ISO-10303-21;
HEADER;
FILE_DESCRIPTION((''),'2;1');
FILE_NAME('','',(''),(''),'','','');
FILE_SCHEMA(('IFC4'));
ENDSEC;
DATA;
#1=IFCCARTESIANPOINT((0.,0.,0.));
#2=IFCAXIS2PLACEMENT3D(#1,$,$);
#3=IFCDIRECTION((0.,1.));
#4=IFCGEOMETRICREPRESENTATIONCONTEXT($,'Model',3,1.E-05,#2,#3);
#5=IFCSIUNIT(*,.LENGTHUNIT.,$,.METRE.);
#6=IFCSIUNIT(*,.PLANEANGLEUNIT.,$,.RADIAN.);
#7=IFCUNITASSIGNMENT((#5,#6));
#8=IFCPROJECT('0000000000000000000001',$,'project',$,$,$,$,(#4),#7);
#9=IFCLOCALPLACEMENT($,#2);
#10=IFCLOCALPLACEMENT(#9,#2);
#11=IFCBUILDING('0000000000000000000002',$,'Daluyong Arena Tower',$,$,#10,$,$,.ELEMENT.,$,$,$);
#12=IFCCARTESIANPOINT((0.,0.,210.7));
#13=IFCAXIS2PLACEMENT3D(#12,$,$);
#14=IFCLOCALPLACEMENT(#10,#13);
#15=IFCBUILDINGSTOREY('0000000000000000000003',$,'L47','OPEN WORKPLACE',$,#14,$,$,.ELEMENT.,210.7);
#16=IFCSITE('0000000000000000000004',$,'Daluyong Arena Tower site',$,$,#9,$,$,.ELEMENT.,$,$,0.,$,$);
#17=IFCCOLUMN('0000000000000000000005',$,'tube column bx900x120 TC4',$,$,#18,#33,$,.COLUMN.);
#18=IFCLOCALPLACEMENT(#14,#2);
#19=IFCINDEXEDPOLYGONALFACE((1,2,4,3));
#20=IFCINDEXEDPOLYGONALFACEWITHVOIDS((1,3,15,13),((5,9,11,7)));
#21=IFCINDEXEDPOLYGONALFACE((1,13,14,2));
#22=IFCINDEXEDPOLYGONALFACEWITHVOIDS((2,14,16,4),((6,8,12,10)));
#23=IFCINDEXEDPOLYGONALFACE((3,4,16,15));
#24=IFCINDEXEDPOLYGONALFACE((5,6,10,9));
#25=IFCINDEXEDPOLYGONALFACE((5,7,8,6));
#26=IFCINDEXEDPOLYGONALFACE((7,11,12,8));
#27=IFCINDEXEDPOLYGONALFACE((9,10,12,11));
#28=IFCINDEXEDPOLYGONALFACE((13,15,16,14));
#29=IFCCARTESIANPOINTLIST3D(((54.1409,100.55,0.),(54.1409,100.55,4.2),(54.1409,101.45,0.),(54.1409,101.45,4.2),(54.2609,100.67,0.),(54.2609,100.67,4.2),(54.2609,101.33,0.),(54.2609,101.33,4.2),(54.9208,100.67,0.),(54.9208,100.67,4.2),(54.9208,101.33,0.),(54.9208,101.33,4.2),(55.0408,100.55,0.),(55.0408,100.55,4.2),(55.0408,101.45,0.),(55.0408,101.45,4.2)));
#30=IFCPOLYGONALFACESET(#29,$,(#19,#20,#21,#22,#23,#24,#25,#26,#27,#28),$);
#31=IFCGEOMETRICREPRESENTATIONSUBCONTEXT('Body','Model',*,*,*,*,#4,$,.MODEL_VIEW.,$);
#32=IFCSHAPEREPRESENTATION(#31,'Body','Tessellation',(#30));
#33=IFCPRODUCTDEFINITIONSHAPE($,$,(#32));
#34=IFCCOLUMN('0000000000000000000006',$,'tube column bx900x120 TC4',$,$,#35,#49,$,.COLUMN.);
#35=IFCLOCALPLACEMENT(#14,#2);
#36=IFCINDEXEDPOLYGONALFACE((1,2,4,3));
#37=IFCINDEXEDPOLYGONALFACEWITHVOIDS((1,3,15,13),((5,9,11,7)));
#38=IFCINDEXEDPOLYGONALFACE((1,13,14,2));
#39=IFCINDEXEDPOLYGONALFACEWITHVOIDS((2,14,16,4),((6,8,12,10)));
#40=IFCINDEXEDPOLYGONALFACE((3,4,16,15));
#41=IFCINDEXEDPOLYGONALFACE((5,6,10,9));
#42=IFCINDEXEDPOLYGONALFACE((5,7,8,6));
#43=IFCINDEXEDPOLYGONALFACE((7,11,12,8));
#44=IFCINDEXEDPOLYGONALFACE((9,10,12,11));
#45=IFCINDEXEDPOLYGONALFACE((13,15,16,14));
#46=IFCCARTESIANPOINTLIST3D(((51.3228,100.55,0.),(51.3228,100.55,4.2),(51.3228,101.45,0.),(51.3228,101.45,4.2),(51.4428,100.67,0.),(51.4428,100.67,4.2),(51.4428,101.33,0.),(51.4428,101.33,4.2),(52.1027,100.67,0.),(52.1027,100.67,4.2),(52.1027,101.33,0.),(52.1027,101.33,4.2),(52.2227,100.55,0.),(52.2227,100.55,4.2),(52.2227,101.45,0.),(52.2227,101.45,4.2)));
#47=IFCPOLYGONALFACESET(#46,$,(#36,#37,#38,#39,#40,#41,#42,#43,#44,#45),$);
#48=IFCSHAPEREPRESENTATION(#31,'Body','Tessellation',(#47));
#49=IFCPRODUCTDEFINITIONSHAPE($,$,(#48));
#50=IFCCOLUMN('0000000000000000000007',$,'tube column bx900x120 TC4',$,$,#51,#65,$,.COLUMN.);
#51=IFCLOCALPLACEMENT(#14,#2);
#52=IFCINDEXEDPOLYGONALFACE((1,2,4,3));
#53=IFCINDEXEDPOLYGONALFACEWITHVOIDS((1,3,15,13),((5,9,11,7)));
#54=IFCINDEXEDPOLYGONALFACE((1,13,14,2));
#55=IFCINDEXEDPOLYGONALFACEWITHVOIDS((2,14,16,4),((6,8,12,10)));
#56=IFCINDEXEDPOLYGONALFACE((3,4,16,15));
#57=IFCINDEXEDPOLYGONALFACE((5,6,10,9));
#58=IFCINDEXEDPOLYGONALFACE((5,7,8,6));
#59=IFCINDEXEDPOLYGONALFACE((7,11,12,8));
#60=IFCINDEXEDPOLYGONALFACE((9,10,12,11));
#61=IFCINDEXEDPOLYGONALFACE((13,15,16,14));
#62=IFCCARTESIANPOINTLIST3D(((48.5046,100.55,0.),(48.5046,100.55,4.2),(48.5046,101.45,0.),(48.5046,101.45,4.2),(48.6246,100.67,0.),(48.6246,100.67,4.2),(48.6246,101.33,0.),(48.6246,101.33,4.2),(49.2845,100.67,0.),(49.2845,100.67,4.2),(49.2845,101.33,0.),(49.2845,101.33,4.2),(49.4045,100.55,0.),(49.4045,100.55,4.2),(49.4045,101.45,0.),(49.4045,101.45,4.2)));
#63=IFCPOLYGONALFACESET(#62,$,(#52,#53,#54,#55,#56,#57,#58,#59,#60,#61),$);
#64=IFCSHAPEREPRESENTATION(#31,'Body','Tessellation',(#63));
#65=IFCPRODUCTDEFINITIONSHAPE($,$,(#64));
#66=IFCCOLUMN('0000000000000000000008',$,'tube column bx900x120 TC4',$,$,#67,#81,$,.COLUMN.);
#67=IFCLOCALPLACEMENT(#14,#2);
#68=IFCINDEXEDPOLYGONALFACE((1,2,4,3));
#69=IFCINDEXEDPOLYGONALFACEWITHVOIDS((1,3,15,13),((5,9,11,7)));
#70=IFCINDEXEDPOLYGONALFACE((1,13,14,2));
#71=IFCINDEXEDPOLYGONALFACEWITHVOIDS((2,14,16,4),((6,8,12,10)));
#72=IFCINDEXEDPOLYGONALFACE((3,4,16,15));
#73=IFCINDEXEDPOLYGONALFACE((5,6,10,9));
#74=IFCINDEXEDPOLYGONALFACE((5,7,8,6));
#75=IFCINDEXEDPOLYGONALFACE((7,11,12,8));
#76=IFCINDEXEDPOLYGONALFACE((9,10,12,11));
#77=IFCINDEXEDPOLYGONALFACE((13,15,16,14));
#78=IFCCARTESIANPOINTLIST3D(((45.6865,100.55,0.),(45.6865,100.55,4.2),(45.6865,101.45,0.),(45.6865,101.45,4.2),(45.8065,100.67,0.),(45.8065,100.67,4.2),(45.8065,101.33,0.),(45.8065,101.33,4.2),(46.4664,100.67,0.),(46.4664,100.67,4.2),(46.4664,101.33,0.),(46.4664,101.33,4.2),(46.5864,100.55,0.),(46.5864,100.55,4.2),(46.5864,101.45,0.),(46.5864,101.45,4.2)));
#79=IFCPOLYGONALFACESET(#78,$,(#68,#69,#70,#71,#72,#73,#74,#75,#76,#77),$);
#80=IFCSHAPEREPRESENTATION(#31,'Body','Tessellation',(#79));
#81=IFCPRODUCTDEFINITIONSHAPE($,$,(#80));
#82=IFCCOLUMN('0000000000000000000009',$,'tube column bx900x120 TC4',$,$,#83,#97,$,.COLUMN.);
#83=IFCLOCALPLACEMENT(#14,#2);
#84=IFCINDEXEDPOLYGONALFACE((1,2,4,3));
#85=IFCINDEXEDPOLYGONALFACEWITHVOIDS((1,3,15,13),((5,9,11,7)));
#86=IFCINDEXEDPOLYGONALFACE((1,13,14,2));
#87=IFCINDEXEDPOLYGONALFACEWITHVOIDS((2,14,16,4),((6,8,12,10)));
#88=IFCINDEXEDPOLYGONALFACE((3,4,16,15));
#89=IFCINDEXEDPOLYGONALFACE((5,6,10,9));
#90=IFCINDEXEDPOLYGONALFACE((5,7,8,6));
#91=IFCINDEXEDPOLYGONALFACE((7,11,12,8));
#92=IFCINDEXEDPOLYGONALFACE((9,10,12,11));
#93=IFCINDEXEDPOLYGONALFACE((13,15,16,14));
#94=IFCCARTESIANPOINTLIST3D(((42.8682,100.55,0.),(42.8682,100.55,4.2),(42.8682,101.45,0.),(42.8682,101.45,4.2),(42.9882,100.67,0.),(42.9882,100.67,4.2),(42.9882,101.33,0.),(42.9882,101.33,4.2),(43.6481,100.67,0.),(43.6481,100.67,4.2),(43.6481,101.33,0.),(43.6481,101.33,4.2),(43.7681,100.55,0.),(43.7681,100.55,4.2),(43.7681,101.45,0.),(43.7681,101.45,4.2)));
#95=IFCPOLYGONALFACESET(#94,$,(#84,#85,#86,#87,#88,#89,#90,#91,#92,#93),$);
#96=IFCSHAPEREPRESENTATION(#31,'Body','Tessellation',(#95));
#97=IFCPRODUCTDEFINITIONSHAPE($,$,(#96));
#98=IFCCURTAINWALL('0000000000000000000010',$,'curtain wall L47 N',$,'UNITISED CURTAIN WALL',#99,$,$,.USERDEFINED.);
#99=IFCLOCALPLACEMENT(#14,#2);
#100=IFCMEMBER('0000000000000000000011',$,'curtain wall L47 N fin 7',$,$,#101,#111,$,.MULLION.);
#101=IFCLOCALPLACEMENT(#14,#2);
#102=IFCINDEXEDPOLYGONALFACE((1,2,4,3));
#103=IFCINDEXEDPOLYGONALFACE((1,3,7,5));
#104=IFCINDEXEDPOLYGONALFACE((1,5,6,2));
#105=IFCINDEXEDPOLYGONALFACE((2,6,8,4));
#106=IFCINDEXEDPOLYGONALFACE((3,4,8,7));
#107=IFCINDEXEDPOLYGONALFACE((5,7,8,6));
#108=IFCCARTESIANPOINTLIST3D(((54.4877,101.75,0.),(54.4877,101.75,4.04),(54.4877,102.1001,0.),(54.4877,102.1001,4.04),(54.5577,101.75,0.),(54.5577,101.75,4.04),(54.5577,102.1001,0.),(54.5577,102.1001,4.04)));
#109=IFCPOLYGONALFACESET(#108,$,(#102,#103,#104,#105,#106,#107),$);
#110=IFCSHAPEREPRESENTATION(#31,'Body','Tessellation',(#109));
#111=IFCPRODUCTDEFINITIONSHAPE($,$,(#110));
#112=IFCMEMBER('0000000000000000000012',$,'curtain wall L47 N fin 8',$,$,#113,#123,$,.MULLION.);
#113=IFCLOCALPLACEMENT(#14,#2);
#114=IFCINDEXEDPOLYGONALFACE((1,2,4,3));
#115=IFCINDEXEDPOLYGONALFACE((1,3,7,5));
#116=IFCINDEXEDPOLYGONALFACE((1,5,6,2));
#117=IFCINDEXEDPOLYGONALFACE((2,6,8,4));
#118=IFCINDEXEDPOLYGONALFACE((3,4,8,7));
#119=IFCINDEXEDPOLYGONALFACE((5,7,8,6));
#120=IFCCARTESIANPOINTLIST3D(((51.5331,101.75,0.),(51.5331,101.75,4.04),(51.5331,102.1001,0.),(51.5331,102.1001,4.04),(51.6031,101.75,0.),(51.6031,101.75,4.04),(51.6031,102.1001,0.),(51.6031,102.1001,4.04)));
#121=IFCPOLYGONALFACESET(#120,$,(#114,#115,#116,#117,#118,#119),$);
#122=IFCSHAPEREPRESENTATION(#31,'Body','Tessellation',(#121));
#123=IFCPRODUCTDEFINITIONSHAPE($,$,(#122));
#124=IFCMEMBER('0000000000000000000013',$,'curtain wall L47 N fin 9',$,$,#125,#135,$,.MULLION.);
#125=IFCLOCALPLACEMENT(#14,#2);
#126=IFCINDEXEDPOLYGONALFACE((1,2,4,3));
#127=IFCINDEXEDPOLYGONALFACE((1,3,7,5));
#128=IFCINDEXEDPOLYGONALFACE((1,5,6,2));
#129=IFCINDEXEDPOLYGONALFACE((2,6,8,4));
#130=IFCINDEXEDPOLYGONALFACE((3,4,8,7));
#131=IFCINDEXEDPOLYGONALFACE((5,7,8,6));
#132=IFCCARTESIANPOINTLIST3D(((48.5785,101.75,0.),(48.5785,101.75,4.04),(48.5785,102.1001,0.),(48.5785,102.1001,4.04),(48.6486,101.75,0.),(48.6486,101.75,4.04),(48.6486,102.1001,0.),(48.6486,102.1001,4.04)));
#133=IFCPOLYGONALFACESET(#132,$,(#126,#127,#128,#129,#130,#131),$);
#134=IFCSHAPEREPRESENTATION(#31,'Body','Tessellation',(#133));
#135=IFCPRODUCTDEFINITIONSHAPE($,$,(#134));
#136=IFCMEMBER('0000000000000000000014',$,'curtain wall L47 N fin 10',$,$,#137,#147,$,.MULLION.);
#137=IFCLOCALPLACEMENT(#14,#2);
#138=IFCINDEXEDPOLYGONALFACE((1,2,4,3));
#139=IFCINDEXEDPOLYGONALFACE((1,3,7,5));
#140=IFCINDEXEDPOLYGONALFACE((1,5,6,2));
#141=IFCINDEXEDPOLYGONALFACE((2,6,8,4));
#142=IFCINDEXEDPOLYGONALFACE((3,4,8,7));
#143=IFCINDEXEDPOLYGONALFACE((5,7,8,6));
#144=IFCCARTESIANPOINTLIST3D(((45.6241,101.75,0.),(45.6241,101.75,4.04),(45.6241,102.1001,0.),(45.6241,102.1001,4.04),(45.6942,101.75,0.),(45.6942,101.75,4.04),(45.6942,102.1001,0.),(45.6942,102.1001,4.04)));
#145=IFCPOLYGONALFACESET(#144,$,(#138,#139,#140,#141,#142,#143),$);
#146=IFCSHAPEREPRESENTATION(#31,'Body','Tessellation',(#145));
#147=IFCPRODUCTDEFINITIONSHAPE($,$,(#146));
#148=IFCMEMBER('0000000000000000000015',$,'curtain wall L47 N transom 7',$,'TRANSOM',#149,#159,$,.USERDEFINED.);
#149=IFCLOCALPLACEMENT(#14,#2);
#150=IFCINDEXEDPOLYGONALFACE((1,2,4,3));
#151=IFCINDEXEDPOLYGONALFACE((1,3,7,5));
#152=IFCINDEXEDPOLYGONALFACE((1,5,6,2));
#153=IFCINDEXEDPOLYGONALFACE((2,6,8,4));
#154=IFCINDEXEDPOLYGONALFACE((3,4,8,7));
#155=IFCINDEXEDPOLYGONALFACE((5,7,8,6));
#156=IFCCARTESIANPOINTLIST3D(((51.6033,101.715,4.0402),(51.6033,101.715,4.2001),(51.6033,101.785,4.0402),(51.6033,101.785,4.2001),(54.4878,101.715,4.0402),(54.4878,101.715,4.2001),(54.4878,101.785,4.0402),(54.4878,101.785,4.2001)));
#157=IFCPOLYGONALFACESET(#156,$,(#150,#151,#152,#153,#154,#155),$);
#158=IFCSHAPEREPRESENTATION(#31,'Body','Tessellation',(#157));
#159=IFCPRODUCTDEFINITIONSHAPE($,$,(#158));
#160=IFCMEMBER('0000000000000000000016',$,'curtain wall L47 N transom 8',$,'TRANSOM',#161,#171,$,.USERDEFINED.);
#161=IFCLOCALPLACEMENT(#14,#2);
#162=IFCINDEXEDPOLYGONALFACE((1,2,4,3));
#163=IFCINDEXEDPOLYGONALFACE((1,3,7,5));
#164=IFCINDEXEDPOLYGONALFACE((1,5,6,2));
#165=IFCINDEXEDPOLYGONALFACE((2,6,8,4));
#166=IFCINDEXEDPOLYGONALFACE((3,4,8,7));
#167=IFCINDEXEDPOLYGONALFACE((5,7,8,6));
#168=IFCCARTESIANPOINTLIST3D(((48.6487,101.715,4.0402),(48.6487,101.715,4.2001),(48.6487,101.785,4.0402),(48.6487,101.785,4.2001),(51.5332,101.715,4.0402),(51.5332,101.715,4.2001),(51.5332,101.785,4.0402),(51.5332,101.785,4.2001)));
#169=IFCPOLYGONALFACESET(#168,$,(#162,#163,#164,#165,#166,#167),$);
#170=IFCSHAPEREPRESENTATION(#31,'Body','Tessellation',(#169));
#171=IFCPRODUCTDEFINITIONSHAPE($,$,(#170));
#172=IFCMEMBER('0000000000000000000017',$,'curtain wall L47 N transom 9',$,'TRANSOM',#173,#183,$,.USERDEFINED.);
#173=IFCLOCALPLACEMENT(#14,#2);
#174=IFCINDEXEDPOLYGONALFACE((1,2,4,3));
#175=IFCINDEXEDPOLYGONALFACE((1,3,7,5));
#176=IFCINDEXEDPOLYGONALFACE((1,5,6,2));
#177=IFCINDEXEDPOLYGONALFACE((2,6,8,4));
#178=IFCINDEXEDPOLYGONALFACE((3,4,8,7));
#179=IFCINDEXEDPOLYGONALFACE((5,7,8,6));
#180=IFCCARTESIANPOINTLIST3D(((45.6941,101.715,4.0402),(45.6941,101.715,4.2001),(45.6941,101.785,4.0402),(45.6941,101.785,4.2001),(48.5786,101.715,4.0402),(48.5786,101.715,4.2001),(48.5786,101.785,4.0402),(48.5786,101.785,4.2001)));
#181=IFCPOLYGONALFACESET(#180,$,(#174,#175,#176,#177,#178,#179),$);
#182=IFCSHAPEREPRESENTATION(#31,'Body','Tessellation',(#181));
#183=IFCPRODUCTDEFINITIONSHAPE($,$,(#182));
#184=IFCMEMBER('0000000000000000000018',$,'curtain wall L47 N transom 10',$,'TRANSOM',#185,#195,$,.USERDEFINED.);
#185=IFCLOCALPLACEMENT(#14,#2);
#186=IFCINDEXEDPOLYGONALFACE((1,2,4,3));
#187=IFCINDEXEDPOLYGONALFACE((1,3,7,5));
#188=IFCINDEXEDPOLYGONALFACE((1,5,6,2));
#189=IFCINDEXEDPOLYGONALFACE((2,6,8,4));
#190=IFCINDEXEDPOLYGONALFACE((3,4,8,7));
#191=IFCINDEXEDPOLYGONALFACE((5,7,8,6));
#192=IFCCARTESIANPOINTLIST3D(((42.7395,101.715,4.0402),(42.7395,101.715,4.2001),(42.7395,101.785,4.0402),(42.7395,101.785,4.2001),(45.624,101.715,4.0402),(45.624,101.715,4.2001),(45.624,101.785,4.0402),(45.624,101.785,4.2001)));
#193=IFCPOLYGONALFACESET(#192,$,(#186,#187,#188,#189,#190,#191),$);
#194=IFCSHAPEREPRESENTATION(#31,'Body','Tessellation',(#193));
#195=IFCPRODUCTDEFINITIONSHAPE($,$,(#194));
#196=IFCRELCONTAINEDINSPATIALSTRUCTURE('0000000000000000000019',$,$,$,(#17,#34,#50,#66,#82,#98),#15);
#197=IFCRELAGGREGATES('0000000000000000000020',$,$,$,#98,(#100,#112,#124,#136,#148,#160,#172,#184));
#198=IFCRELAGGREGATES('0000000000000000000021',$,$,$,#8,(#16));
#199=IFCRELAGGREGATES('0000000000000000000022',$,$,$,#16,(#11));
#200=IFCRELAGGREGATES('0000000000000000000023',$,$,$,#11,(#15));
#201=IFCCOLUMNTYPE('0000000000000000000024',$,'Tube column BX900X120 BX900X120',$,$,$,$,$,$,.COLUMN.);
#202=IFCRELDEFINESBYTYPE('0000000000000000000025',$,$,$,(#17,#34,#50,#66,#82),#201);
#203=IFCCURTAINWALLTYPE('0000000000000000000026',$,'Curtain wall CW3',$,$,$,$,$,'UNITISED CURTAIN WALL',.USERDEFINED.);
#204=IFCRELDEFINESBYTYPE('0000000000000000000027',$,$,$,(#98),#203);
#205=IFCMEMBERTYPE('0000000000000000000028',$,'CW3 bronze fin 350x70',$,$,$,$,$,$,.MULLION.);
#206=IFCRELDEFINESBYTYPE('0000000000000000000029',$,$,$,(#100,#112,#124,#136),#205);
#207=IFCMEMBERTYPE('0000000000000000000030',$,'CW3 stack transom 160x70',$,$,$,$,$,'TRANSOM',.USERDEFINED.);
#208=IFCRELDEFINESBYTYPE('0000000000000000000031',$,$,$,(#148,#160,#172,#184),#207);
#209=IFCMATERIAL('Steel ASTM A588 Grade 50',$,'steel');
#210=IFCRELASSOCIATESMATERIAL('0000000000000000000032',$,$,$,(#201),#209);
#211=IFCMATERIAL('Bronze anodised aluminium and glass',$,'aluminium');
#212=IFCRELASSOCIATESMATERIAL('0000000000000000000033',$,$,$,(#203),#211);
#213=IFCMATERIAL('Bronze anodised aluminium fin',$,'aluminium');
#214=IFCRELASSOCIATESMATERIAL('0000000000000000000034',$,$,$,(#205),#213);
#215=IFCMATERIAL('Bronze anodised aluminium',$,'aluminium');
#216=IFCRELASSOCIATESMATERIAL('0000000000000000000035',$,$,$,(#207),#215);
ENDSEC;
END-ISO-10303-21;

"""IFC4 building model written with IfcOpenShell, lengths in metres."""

from ifc_helpers import new_model, si_unit, direction, frame, origin, origin_2d, place, context, subcontext, project, spatial, rectangle, hollow_rectangle, extrude, material, material_profile, profile_set, type_object, element, aggregate, save


model = new_model("IFC4")

# Units and contexts
model_context = context("Model", 3, precision=1e-05, world=origin(), true_north=direction((0.0, 1.0)))
body_context = subcontext(model_context, "Body", "Model", "MODEL_VIEW")
ifc_project = project(units=[si_unit("LENGTHUNIT", "METRE"), si_unit("PLANEANGLEUNIT", "RADIAN")], contexts=[model_context])

# Site, building, storey
site_placement = place(None, origin())
site = spatial("IfcSite", under=ifc_project, at=site_placement, Name="Daluyong Arena Tower site", CompositionType="ELEMENT", RefElevation=0.0)
building_placement = place(site_placement, origin())
building = spatial("IfcBuilding", under=site, at=building_placement, Name="Daluyong Arena Tower", CompositionType="ELEMENT")
storey_placement = place(building_placement, frame((0.0, 0.0, 210.7)))
storey = spatial("IfcBuildingStorey", under=building, at=storey_placement, Name="L47", Description="OPEN WORKPLACE", CompositionType="ELEMENT", Elevation=210.7)

# Columns
ifc_material_1 = material(Name="Steel ASTM A588 Grade 50", Category="steel")
ifc_material_profile_1 = material_profile(ifc_material_1, hollow_rectangle(XDim=0.8999, YDim=0.8999, WallThickness=0.12, at=origin_2d()))
ifc_profile_set_1 = profile_set([ifc_material_profile_1], Name="Steel ASTM A588 Grade 50")
column_type = type_object("IfcColumnType", Name="Tube column BX900X120 BX900X120", PredefinedType="COLUMN", material=ifc_profile_set_1)
for number, where, z_axis, x_axis, name in (
    (1, (54.5908, 101.0, 0.0), (0.0, 0.0, 1.0), (1.0, 0.0, 0.0), "tube column bx900x120 TC4"),
    (2, (51.7727, 101.0, 0.0), (0.0, 0.0, 1.0), (1.0, 0.0, 0.0), "tube column bx900x120 TC4"),
    (3, (48.9546, 101.0, 0.0), (0.0, 0.0, 1.0), (1.0, 0.0, 0.0), "tube column bx900x120 TC4"),
    (4, (46.1365, 101.0, 0.0), (0.0, 0.0, 1.0), (1.0, 0.0, 0.0), "tube column bx900x120 TC4"),
    (5, (43.3181, 101.0, 0.0), (0.0, 0.0, 1.0), (1.0, 0.0, 0.0), "tube column bx900x120 TC4"),
):
    element("IfcColumn", number, at=place(storey_placement, frame(where, z_axis=z_axis, x_axis=x_axis)), inside=storey, type_object=column_type, Name=name, PredefinedType="COLUMN", context=body_context, shape_type="SweptSolid", body=[
        extrude(hollow_rectangle(XDim=0.8999, YDim=0.8999, WallThickness=0.12, at=origin_2d()), origin(), (0.0, 0.0, 1.0), 4.2),
    ])

# Curtain wall, members
ifc_material_2 = material(Name="Bronze anodised aluminium and glass", Category="aluminium")
curtain_wall_type = type_object("IfcCurtainWallType", Name="Curtain wall CW3", ElementType="UNITISED CURTAIN WALL", PredefinedType="USERDEFINED", material=ifc_material_2)
curtain_wall_placement = place(storey_placement, origin())
curtain_wall = element("IfcCurtainWall", 6, at=curtain_wall_placement, inside=storey, type_object=curtain_wall_type, Name="curtain wall L47 N", ObjectType="UNITISED CURTAIN WALL", PredefinedType="USERDEFINED")
ifc_material_3 = material(Name="Bronze anodised aluminium fin", Category="aluminium")
ifc_material_profile_2 = material_profile(ifc_material_3, rectangle(XDim=0.3501, YDim=0.0701, at=origin_2d()))
ifc_profile_set_2 = profile_set([ifc_material_profile_2], Name="Bronze anodised aluminium fin")
member_type_1 = type_object("IfcMemberType", Name="CW3 bronze fin 350x70", PredefinedType="MULLION", material=ifc_profile_set_2)
member_1_placement = place(storey_placement, frame((54.5227, 101.925, 0.0), z_axis=(0.0, 0.0, 1.0), x_axis=(0.0, -1.0, 0.0)))
member_1 = element("IfcMember", 7, at=member_1_placement, type_object=member_type_1, Name="curtain wall L47 N fin 7", PredefinedType="MULLION", context=body_context, shape_type="SweptSolid", body=[
    extrude(rectangle(XDim=0.3501, YDim=0.0701, at=origin_2d()), origin(), (0.0, 0.0, 1.0), 4.04),
])
member_2_placement = place(storey_placement, frame((51.5681, 101.925, 0.0), z_axis=(0.0, 0.0, 1.0), x_axis=(0.0, -1.0, 0.0)))
member_2 = element("IfcMember", 8, at=member_2_placement, type_object=member_type_1, Name="curtain wall L47 N fin 8", PredefinedType="MULLION", context=body_context, shape_type="SweptSolid", body=[
    extrude(rectangle(XDim=0.3501, YDim=0.0701, at=origin_2d()), origin(), (0.0, 0.0, 1.0), 4.04),
])
member_3_placement = place(storey_placement, frame((48.6135, 101.925, 0.0), z_axis=(0.0, 0.0, 1.0), x_axis=(0.0, -1.0, 0.0)))
member_3 = element("IfcMember", 9, at=member_3_placement, type_object=member_type_1, Name="curtain wall L47 N fin 9", PredefinedType="MULLION", context=body_context, shape_type="SweptSolid", body=[
    extrude(rectangle(XDim=0.3501, YDim=0.0701, at=origin_2d()), origin(), (0.0, 0.0, 1.0), 4.04),
])
member_4_placement = place(storey_placement, frame((45.6592, 101.925, 0.0), z_axis=(0.0, 0.0, 1.0), x_axis=(0.0, -1.0, 0.0)))
member_4 = element("IfcMember", 10, at=member_4_placement, type_object=member_type_1, Name="curtain wall L47 N fin 10", PredefinedType="MULLION", context=body_context, shape_type="SweptSolid", body=[
    extrude(rectangle(XDim=0.3501, YDim=0.0701, at=origin_2d()), origin(), (0.0, 0.0, 1.0), 4.04),
])
ifc_material_4 = material(Name="Bronze anodised aluminium", Category="aluminium")
ifc_material_profile_3 = material_profile(ifc_material_4, rectangle(XDim=0.0701, YDim=0.1599, at=origin_2d()))
ifc_profile_set_3 = profile_set([ifc_material_profile_3], Name="Bronze anodised aluminium")
member_type_2 = type_object("IfcMemberType", Name="CW3 stack transom 160x70", ElementType="TRANSOM", PredefinedType="USERDEFINED", material=ifc_profile_set_3)
member_5_placement = place(storey_placement, frame((54.4878, 101.75, 4.1201), z_axis=(-1.0, 0.0, 0.0), x_axis=(0.0, -1.0, 0.0)))
member_5 = element("IfcMember", 11, at=member_5_placement, type_object=member_type_2, Name="curtain wall L47 N transom 7", ObjectType="TRANSOM", PredefinedType="USERDEFINED", context=body_context, shape_type="SweptSolid", body=[
    extrude(rectangle(XDim=0.0701, YDim=0.1599, at=origin_2d()), origin(), (0.0, 0.0, 1.0), 2.8845),
])
member_6_placement = place(storey_placement, frame((51.5332, 101.75, 4.1201), z_axis=(-1.0, 0.0, 0.0), x_axis=(0.0, -1.0, 0.0)))
member_6 = element("IfcMember", 12, at=member_6_placement, type_object=member_type_2, Name="curtain wall L47 N transom 8", ObjectType="TRANSOM", PredefinedType="USERDEFINED", context=body_context, shape_type="SweptSolid", body=[
    extrude(rectangle(XDim=0.0701, YDim=0.1599, at=origin_2d()), origin(), (0.0, 0.0, 1.0), 2.8845),
])
member_7_placement = place(storey_placement, frame((48.5786, 101.75, 4.1201), z_axis=(-1.0, 0.0, 0.0), x_axis=(0.0, -1.0, 0.0)))
member_7 = element("IfcMember", 13, at=member_7_placement, type_object=member_type_2, Name="curtain wall L47 N transom 9", ObjectType="TRANSOM", PredefinedType="USERDEFINED", context=body_context, shape_type="SweptSolid", body=[
    extrude(rectangle(XDim=0.0701, YDim=0.1599, at=origin_2d()), origin(), (0.0, 0.0, 1.0), 2.8845),
])
member_8_placement = place(storey_placement, frame((45.624, 101.75, 4.1201), z_axis=(-1.0, 0.0, 0.0), x_axis=(0.0, -1.0, 0.0)))
member_8 = element("IfcMember", 14, at=member_8_placement, type_object=member_type_2, Name="curtain wall L47 N transom 10", ObjectType="TRANSOM", PredefinedType="USERDEFINED", context=body_context, shape_type="SweptSolid", body=[
    extrude(rectangle(XDim=0.0701, YDim=0.1599, at=origin_2d()), origin(), (0.0, 0.0, 1.0), 2.8845),
])

aggregate(curtain_wall, [member_1, member_2, member_3, member_4, member_5, member_6, member_7, member_8])

save(model, "model.ifc")
